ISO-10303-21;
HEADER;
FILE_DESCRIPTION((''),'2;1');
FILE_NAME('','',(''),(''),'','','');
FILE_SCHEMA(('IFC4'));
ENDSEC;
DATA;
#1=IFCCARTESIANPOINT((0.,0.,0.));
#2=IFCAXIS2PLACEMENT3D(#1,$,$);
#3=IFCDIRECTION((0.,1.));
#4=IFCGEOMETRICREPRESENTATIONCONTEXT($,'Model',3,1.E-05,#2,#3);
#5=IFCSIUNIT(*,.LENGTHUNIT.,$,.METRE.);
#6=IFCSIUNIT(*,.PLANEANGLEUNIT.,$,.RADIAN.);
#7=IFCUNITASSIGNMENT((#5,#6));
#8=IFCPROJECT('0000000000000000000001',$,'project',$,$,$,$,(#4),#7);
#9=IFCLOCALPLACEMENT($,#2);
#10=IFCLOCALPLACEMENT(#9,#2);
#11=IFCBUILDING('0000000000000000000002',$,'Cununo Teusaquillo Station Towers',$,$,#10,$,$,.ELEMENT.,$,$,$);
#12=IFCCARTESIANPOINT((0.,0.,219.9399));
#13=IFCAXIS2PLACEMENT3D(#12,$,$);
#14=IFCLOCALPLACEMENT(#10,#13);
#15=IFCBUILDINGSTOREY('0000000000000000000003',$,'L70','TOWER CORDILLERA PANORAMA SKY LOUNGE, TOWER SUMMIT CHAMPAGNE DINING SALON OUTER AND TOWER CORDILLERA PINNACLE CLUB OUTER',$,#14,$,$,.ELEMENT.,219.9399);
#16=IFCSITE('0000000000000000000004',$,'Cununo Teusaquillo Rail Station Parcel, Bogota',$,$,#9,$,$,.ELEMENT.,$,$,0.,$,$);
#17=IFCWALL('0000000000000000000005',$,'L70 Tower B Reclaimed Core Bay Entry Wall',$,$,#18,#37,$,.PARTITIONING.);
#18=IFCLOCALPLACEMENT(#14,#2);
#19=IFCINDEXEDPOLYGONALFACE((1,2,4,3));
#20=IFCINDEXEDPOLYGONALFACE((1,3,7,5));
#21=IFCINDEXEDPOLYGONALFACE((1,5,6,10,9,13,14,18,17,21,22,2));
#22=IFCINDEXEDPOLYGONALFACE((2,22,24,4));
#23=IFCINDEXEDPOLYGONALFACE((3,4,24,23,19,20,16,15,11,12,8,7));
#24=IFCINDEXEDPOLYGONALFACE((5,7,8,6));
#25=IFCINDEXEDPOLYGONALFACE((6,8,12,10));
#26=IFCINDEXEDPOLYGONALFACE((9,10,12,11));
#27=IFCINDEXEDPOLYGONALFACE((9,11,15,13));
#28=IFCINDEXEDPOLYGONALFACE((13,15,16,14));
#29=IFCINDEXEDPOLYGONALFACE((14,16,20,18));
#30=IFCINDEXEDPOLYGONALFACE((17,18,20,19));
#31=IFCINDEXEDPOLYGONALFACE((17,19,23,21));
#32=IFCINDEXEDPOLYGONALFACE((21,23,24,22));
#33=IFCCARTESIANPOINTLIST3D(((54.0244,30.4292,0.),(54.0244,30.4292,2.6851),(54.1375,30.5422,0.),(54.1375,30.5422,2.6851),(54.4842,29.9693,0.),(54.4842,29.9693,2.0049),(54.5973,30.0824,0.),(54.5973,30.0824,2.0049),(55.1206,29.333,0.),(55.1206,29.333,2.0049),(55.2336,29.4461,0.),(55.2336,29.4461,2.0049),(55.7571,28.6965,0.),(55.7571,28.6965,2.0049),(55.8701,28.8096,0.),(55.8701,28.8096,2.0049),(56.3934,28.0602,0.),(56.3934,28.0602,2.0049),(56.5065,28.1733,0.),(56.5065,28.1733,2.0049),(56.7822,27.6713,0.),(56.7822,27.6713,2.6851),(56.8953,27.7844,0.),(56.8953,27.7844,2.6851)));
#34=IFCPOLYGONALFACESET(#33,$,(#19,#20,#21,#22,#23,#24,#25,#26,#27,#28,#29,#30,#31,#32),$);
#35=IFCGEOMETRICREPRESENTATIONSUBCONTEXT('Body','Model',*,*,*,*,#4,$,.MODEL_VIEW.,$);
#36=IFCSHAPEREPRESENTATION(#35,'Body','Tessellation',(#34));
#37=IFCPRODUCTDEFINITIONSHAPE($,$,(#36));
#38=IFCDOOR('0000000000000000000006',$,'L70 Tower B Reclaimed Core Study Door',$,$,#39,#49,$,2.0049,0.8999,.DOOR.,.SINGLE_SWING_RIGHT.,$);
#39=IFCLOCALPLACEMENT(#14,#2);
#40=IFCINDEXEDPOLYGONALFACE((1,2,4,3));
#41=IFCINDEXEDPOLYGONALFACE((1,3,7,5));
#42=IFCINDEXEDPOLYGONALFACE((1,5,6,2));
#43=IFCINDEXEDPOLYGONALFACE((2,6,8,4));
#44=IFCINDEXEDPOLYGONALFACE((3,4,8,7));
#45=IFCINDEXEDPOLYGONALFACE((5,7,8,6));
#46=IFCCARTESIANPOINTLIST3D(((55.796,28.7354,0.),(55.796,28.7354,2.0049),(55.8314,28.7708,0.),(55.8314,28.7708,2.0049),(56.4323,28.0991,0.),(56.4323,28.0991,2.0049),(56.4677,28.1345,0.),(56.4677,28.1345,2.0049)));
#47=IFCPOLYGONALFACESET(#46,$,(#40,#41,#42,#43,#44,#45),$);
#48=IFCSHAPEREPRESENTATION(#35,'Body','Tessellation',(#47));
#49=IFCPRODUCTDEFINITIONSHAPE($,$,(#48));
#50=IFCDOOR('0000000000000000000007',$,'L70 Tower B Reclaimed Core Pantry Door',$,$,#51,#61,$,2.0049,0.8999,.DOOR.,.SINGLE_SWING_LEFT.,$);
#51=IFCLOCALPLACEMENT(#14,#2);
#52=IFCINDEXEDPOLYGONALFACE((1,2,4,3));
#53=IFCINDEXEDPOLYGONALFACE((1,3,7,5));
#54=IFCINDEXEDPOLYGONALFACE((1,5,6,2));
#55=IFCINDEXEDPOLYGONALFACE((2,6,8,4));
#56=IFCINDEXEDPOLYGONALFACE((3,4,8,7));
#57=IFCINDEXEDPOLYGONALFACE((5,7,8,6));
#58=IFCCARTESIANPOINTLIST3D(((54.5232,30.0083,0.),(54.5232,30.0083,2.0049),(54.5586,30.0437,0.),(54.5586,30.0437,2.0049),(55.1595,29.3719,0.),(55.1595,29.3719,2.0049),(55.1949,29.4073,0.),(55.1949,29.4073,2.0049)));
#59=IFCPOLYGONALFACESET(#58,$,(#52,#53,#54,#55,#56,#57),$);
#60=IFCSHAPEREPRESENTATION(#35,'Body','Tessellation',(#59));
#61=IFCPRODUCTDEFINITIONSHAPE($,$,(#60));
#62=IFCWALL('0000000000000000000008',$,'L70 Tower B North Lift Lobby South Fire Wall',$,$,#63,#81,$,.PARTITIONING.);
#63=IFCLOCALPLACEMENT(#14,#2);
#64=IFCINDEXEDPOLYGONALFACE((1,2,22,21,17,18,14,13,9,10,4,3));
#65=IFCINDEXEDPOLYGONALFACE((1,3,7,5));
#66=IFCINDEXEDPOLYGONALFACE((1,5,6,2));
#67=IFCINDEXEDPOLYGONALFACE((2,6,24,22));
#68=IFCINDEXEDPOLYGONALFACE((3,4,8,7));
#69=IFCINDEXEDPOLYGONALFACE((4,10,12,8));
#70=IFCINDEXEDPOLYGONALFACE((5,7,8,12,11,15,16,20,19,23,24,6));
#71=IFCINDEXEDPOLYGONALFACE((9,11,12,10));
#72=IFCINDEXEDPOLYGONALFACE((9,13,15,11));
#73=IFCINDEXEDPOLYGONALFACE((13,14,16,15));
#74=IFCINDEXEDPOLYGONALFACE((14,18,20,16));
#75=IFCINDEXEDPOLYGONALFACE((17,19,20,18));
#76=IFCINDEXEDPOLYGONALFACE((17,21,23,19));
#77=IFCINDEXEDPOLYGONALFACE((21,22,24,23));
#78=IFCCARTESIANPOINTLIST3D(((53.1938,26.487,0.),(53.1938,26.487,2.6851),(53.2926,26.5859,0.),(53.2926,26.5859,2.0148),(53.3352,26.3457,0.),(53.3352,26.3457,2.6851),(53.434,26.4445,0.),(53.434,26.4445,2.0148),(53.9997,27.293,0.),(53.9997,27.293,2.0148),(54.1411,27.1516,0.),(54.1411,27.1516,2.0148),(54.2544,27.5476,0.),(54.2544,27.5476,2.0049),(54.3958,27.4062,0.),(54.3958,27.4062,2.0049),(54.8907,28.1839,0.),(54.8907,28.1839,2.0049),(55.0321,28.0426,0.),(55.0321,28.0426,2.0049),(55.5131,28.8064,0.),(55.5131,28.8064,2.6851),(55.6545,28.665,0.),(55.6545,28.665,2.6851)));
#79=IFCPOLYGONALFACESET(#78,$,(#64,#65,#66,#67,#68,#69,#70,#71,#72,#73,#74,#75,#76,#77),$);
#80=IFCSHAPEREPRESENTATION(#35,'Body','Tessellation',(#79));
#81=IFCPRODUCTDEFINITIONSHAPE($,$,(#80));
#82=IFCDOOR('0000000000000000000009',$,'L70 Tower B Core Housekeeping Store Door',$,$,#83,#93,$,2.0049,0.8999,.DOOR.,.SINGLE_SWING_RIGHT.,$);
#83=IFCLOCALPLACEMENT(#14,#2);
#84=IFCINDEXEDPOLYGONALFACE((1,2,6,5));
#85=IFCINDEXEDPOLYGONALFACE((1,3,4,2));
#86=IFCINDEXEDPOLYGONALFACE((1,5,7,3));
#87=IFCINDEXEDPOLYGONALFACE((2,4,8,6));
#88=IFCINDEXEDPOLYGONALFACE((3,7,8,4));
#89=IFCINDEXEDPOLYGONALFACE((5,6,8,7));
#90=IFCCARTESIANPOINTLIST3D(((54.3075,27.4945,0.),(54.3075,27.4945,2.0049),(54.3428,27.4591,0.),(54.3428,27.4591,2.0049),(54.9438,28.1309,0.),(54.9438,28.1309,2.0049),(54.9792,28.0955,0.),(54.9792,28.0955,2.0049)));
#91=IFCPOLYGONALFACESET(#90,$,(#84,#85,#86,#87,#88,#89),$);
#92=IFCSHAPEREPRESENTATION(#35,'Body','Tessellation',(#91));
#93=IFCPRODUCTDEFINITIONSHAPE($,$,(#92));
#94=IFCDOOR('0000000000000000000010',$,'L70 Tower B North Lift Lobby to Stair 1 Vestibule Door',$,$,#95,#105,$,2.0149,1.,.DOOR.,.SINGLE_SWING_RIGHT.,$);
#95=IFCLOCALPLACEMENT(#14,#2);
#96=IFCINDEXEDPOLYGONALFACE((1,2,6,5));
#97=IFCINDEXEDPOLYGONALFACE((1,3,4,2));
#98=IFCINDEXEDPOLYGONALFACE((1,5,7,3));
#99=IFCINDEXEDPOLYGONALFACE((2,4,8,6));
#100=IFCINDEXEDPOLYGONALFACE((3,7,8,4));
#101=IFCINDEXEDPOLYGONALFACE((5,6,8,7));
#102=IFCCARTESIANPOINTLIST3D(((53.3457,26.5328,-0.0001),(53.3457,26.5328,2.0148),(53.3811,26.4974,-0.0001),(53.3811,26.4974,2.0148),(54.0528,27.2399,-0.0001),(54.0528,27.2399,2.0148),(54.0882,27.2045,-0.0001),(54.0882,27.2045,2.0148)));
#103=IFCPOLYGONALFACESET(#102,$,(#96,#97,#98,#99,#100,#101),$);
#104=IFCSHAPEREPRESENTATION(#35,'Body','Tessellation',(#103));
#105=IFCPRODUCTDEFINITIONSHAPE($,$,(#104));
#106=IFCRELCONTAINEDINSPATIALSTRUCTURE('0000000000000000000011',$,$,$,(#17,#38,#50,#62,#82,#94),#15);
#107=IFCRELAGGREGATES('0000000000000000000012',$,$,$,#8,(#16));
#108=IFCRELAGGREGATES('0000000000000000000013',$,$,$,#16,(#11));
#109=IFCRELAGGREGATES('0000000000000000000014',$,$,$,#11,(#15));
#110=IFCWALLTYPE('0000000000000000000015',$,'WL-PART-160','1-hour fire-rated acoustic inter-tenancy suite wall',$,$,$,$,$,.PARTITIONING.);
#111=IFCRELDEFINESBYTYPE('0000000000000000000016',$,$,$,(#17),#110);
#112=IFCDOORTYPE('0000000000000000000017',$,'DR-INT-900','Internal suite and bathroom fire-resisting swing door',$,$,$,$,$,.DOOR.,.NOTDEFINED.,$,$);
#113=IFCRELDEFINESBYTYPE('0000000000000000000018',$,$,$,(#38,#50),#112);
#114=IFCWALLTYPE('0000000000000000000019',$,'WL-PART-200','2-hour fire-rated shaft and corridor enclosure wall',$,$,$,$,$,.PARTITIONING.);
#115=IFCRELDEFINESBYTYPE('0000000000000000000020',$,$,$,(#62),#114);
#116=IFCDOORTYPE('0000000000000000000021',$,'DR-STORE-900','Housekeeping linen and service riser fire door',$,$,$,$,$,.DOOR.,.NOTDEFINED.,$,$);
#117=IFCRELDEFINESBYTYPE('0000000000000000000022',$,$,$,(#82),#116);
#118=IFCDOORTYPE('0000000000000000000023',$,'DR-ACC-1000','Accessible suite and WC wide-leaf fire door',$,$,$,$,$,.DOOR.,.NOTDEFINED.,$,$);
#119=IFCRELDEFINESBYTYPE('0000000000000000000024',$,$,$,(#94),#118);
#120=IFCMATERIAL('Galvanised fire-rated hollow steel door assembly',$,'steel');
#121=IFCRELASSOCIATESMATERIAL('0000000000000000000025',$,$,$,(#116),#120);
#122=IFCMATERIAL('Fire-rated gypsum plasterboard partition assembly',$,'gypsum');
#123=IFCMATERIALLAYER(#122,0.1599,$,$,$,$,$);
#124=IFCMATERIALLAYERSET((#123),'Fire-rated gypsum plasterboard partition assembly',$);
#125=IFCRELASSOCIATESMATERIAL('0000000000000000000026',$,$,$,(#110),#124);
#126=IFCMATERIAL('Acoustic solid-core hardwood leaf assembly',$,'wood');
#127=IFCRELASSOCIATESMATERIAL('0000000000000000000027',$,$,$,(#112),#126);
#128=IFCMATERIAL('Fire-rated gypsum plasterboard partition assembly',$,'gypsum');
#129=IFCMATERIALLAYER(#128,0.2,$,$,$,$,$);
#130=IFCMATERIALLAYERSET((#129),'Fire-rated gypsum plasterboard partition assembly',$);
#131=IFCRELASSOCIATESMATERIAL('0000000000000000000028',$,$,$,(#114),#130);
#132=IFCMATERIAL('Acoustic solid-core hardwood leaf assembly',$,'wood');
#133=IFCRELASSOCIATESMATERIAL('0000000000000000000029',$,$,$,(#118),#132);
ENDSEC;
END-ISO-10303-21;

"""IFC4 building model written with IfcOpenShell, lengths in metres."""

from ifc_helpers import new_model, si_unit, direction, frame, frame_2d, origin, place, context, subcontext, project, spatial, rectangle, extrude, source, transform, mapped, material, layer, layer_set, type_object, element, fill, save


model = new_model("IFC4")

# Units and contexts
model_context = context("Model", 3, precision=1e-05, world=origin(), true_north=direction((0.0, 1.0)))
body_context = subcontext(model_context, "Body", "Model", "MODEL_VIEW")
ifc_project = project(units=[si_unit("LENGTHUNIT", "METRE"), si_unit("PLANEANGLEUNIT", "RADIAN")], contexts=[model_context])

# Site, building, storey
site_placement = place(None, origin())
site = spatial("IfcSite", under=ifc_project, at=site_placement, Name="Cununo Teusaquillo Rail Station Parcel, Bogota", CompositionType="ELEMENT", RefElevation=0.0)
building_placement = place(site_placement, origin())
building = spatial("IfcBuilding", under=site, at=building_placement, Name="Cununo Teusaquillo Station Towers", CompositionType="ELEMENT")
storey_placement = place(building_placement, frame((0.0, 0.0, 219.9399)))
storey = spatial("IfcBuildingStorey", under=building, at=storey_placement, Name="L70", Description="TOWER CORDILLERA PANORAMA SKY LOUNGE, TOWER SUMMIT CHAMPAGNE DINING SALON OUTER AND TOWER CORDILLERA PINNACLE CLUB OUTER", CompositionType="ELEMENT", Elevation=219.9399)

# Shared definitions
ifc_material_1 = material(Name="Galvanised fire-rated hollow steel door assembly", Category="steel")
door_type_1 = type_object("IfcDoorType", Name="DR-STORE-900", Description="Housekeeping linen and service riser fire door", OperationType="NOTDEFINED", PredefinedType="DOOR", material=ifc_material_1)
shared_shape_1 = source(origin(), body_context, "Body", "SweptSolid", [
    extrude(rectangle(XDim=0.8999, YDim=2.0049, at=frame_2d((0.45, 1.0024))), frame((0.0, 0.0249, 0.0), z_axis=(0.0, -1.0, 0.0), x_axis=(1.0, 0.0, 0.0)), (0.0, 0.0, 1.0), 0.05),
])

# Walls, openings, doors
ifc_material_2 = material(Name="Fire-rated gypsum plasterboard partition assembly", Category="gypsum")
ifc_layer_1 = layer(ifc_material_2, 0.1599)
ifc_layer_set_1 = layer_set([ifc_layer_1], Name="Fire-rated gypsum plasterboard partition assembly")
wall_type_1 = type_object("IfcWallType", Name="WL-PART-160", Description="1-hour fire-rated acoustic inter-tenancy suite wall", PredefinedType="PARTITIONING", material=ifc_layer_set_1)
wall_1_placement = place(storey_placement, frame((56.8389, 27.7278, 0.0), z_axis=(0.0, 0.0, 1.0), x_axis=(-0.707107, 0.707107, 0.0)))
wall_1 = element("IfcWall", 1, at=wall_1_placement, inside=storey, type_object=wall_type_1, Name="L70 Tower B Reclaimed Core Bay Entry Wall", PredefinedType="PARTITIONING", context=body_context, shape_type="SweptSolid", body=[
    extrude(rectangle(XDim=3.9001, YDim=0.1599, at=frame_2d((1.9502, 0.0))), origin(), (0.0, 0.0, 1.0), 2.6851),
])
shared_shape_2 = source(origin(), body_context, "Body", "SweptSolid", [
    extrude(rectangle(XDim=0.8999, YDim=2.0049, at=frame_2d((0.45, 1.0024))), frame((0.0, 0.0898, 0.0), z_axis=(0.0, -1.0, 0.0), x_axis=(1.0, 0.0, 0.0)), (0.0, 0.0, 1.0), 0.1799),
])
opening_1_placement = place(wall_1_placement, frame((0.55, 0.0, 0.0)))
opening_1 = element("IfcOpeningElement", 2, at=opening_1_placement, cuts=wall_1, PredefinedType="OPENING", context=body_context, shape_type="MappedRepresentation", body=[
    mapped(shared_shape_2, transform((0.0, 0.0, 0.0), x_axis=(1.0, 0.0, 0.0), y_axis=(0.0, 1.0, 0.0), z_axis=(0.0, 0.0, 1.0), scale=1.0)),
])
opening_2_placement = place(wall_1_placement, frame((2.3501, 0.0, 0.0)))
opening_2 = element("IfcOpeningElement", 3, at=opening_2_placement, cuts=wall_1, PredefinedType="OPENING", context=body_context, shape_type="MappedRepresentation", body=[
    mapped(shared_shape_2, transform((0.0, 0.0, 0.0), x_axis=(1.0, 0.0, 0.0), y_axis=(0.0, 1.0, 0.0), z_axis=(0.0, 0.0, 1.0), scale=1.0)),
])
ifc_material_3 = material(Name="Acoustic solid-core hardwood leaf assembly", Category="wood")
door_type_2 = type_object("IfcDoorType", Name="DR-INT-900", Description="Internal suite and bathroom fire-resisting swing door", OperationType="NOTDEFINED", PredefinedType="DOOR", material=ifc_material_3)
door_1_placement = place(opening_1_placement, origin())
door_1 = element("IfcDoor", 4, at=door_1_placement, inside=storey, type_object=door_type_2, Name="L70 Tower B Reclaimed Core Study Door", OperationType="SINGLE_SWING_RIGHT", OverallHeight=2.0049, OverallWidth=0.8999, PredefinedType="DOOR", context=body_context, shape_type="MappedRepresentation", body=[
    mapped(shared_shape_1, transform((0.0, 0.0, 0.0), x_axis=(1.0, 0.0, 0.0), y_axis=(0.0, 1.0, 0.0), z_axis=(0.0, 0.0, 1.0), scale=1.0)),
])
fill(opening_1, door_1)
door_2_placement = place(opening_2_placement, origin())
door_2 = element("IfcDoor", 5, at=door_2_placement, inside=storey, type_object=door_type_2, Name="L70 Tower B Reclaimed Core Pantry Door", OperationType="SINGLE_SWING_LEFT", OverallHeight=2.0049, OverallWidth=0.8999, PredefinedType="DOOR", context=body_context, shape_type="MappedRepresentation", body=[
    mapped(shared_shape_1, transform((0.0, 0.0, 0.0), x_axis=(1.0, 0.0, 0.0), y_axis=(0.0, 1.0, 0.0), z_axis=(0.0, 0.0, 1.0), scale=1.0)),
])
fill(opening_2, door_2)
ifc_material_4 = material(Name="Fire-rated gypsum plasterboard partition assembly", Category="gypsum")
ifc_layer_2 = layer(ifc_material_4, 0.2)
ifc_layer_set_2 = layer_set([ifc_layer_2], Name="Fire-rated gypsum plasterboard partition assembly")
wall_type_2 = type_object("IfcWallType", Name="WL-PART-200", Description="2-hour fire-rated shaft and corridor enclosure wall", PredefinedType="PARTITIONING", material=ifc_layer_set_2)
wall_2_placement = place(storey_placement, frame((53.2644, 26.4163, 0.0), z_axis=(0.0, 0.0, 1.0), x_axis=(0.707107, 0.707107, 0.0)))
wall_2 = element("IfcWall", 6, at=wall_2_placement, inside=storey, type_object=wall_type_2, Name="L70 Tower B North Lift Lobby South Fire Wall", PredefinedType="PARTITIONING", context=body_context, shape_type="SweptSolid", body=[
    extrude(rectangle(XDim=3.28, YDim=0.2, at=frame_2d((1.6401, 0.0))), origin(), (0.0, 0.0, 1.0), 2.6851),
])
shared_shape_3 = source(origin(), body_context, "Body", "SweptSolid", [
    extrude(rectangle(XDim=1.0, YDim=2.0149, at=frame_2d((0.5, 1.0073))), frame((0.0, 0.1099, 0.0), z_axis=(0.0, -1.0, 0.0), x_axis=(1.0, 0.0, 0.0)), (0.0, 0.0, 1.0), 0.22),
])
opening_3_placement = place(wall_2_placement, frame((0.1399, 0.0, 0.0)))
opening_3 = element("IfcOpeningElement", 7, at=opening_3_placement, cuts=wall_2, PredefinedType="OPENING", context=body_context, shape_type="MappedRepresentation", body=[
    mapped(shared_shape_3, transform((0.0, 0.0, 0.0), x_axis=(1.0, 0.0, 0.0), y_axis=(0.0, 1.0, 0.0), z_axis=(0.0, 0.0, 1.0), scale=1.0)),
])
shared_shape_4 = source(origin(), body_context, "Body", "SweptSolid", [
    extrude(rectangle(XDim=0.8999, YDim=2.0049, at=frame_2d((0.45, 1.0024))), frame((0.0, 0.1099, 0.0), z_axis=(0.0, -1.0, 0.0), x_axis=(1.0, 0.0, 0.0)), (0.0, 0.0, 1.0), 0.22),
])
opening_4_placement = place(wall_2_placement, frame((1.5, 0.0, 0.0)))
opening_4 = element("IfcOpeningElement", 8, at=opening_4_placement, cuts=wall_2, PredefinedType="OPENING", context=body_context, shape_type="MappedRepresentation", body=[
    mapped(shared_shape_4, transform((0.0, 0.0, 0.0), x_axis=(1.0, 0.0, 0.0), y_axis=(0.0, 1.0, 0.0), z_axis=(0.0, 0.0, 1.0), scale=1.0)),
])
door_3_placement = place(opening_4_placement, origin())
door_3 = element("IfcDoor", 9, at=door_3_placement, inside=storey, type_object=door_type_1, Name="L70 Tower B Core Housekeeping Store Door", OperationType="SINGLE_SWING_RIGHT", OverallHeight=2.0049, OverallWidth=0.8999, PredefinedType="DOOR", context=body_context, shape_type="MappedRepresentation", body=[
    mapped(shared_shape_1, transform((0.0, 0.0, 0.0), x_axis=(1.0, 0.0, 0.0), y_axis=(0.0, 1.0, 0.0), z_axis=(0.0, 0.0, 1.0), scale=1.0)),
])
fill(opening_4, door_3)
ifc_material_5 = material(Name="Acoustic solid-core hardwood leaf assembly", Category="wood")
door_type_3 = type_object("IfcDoorType", Name="DR-ACC-1000", Description="Accessible suite and WC wide-leaf fire door", OperationType="NOTDEFINED", PredefinedType="DOOR", material=ifc_material_5)
shared_shape_5 = source(origin(), body_context, "Body", "SweptSolid", [
    extrude(rectangle(XDim=1.0, YDim=2.0149, at=frame_2d((0.5, 1.0073))), frame((0.0, 0.0249, 0.0), z_axis=(0.0, -1.0, 0.0), x_axis=(1.0, 0.0, 0.0)), (0.0, 0.0, 1.0), 0.05),
])
door_4_placement = place(opening_3_placement, origin())
door_4 = element("IfcDoor", 10, at=door_4_placement, inside=storey, type_object=door_type_3, Name="L70 Tower B North Lift Lobby to Stair 1 Vestibule Door", OperationType="SINGLE_SWING_RIGHT", OverallHeight=2.0149, OverallWidth=1.0, PredefinedType="DOOR", context=body_context, shape_type="MappedRepresentation", body=[
    mapped(shared_shape_5, transform((0.0, 0.0, 0.0), x_axis=(1.0, 0.0, 0.0), y_axis=(0.0, 1.0, 0.0), z_axis=(0.0, 0.0, 1.0), scale=1.0)),
])
fill(opening_3, door_4)

save(model, "model.ifc")
